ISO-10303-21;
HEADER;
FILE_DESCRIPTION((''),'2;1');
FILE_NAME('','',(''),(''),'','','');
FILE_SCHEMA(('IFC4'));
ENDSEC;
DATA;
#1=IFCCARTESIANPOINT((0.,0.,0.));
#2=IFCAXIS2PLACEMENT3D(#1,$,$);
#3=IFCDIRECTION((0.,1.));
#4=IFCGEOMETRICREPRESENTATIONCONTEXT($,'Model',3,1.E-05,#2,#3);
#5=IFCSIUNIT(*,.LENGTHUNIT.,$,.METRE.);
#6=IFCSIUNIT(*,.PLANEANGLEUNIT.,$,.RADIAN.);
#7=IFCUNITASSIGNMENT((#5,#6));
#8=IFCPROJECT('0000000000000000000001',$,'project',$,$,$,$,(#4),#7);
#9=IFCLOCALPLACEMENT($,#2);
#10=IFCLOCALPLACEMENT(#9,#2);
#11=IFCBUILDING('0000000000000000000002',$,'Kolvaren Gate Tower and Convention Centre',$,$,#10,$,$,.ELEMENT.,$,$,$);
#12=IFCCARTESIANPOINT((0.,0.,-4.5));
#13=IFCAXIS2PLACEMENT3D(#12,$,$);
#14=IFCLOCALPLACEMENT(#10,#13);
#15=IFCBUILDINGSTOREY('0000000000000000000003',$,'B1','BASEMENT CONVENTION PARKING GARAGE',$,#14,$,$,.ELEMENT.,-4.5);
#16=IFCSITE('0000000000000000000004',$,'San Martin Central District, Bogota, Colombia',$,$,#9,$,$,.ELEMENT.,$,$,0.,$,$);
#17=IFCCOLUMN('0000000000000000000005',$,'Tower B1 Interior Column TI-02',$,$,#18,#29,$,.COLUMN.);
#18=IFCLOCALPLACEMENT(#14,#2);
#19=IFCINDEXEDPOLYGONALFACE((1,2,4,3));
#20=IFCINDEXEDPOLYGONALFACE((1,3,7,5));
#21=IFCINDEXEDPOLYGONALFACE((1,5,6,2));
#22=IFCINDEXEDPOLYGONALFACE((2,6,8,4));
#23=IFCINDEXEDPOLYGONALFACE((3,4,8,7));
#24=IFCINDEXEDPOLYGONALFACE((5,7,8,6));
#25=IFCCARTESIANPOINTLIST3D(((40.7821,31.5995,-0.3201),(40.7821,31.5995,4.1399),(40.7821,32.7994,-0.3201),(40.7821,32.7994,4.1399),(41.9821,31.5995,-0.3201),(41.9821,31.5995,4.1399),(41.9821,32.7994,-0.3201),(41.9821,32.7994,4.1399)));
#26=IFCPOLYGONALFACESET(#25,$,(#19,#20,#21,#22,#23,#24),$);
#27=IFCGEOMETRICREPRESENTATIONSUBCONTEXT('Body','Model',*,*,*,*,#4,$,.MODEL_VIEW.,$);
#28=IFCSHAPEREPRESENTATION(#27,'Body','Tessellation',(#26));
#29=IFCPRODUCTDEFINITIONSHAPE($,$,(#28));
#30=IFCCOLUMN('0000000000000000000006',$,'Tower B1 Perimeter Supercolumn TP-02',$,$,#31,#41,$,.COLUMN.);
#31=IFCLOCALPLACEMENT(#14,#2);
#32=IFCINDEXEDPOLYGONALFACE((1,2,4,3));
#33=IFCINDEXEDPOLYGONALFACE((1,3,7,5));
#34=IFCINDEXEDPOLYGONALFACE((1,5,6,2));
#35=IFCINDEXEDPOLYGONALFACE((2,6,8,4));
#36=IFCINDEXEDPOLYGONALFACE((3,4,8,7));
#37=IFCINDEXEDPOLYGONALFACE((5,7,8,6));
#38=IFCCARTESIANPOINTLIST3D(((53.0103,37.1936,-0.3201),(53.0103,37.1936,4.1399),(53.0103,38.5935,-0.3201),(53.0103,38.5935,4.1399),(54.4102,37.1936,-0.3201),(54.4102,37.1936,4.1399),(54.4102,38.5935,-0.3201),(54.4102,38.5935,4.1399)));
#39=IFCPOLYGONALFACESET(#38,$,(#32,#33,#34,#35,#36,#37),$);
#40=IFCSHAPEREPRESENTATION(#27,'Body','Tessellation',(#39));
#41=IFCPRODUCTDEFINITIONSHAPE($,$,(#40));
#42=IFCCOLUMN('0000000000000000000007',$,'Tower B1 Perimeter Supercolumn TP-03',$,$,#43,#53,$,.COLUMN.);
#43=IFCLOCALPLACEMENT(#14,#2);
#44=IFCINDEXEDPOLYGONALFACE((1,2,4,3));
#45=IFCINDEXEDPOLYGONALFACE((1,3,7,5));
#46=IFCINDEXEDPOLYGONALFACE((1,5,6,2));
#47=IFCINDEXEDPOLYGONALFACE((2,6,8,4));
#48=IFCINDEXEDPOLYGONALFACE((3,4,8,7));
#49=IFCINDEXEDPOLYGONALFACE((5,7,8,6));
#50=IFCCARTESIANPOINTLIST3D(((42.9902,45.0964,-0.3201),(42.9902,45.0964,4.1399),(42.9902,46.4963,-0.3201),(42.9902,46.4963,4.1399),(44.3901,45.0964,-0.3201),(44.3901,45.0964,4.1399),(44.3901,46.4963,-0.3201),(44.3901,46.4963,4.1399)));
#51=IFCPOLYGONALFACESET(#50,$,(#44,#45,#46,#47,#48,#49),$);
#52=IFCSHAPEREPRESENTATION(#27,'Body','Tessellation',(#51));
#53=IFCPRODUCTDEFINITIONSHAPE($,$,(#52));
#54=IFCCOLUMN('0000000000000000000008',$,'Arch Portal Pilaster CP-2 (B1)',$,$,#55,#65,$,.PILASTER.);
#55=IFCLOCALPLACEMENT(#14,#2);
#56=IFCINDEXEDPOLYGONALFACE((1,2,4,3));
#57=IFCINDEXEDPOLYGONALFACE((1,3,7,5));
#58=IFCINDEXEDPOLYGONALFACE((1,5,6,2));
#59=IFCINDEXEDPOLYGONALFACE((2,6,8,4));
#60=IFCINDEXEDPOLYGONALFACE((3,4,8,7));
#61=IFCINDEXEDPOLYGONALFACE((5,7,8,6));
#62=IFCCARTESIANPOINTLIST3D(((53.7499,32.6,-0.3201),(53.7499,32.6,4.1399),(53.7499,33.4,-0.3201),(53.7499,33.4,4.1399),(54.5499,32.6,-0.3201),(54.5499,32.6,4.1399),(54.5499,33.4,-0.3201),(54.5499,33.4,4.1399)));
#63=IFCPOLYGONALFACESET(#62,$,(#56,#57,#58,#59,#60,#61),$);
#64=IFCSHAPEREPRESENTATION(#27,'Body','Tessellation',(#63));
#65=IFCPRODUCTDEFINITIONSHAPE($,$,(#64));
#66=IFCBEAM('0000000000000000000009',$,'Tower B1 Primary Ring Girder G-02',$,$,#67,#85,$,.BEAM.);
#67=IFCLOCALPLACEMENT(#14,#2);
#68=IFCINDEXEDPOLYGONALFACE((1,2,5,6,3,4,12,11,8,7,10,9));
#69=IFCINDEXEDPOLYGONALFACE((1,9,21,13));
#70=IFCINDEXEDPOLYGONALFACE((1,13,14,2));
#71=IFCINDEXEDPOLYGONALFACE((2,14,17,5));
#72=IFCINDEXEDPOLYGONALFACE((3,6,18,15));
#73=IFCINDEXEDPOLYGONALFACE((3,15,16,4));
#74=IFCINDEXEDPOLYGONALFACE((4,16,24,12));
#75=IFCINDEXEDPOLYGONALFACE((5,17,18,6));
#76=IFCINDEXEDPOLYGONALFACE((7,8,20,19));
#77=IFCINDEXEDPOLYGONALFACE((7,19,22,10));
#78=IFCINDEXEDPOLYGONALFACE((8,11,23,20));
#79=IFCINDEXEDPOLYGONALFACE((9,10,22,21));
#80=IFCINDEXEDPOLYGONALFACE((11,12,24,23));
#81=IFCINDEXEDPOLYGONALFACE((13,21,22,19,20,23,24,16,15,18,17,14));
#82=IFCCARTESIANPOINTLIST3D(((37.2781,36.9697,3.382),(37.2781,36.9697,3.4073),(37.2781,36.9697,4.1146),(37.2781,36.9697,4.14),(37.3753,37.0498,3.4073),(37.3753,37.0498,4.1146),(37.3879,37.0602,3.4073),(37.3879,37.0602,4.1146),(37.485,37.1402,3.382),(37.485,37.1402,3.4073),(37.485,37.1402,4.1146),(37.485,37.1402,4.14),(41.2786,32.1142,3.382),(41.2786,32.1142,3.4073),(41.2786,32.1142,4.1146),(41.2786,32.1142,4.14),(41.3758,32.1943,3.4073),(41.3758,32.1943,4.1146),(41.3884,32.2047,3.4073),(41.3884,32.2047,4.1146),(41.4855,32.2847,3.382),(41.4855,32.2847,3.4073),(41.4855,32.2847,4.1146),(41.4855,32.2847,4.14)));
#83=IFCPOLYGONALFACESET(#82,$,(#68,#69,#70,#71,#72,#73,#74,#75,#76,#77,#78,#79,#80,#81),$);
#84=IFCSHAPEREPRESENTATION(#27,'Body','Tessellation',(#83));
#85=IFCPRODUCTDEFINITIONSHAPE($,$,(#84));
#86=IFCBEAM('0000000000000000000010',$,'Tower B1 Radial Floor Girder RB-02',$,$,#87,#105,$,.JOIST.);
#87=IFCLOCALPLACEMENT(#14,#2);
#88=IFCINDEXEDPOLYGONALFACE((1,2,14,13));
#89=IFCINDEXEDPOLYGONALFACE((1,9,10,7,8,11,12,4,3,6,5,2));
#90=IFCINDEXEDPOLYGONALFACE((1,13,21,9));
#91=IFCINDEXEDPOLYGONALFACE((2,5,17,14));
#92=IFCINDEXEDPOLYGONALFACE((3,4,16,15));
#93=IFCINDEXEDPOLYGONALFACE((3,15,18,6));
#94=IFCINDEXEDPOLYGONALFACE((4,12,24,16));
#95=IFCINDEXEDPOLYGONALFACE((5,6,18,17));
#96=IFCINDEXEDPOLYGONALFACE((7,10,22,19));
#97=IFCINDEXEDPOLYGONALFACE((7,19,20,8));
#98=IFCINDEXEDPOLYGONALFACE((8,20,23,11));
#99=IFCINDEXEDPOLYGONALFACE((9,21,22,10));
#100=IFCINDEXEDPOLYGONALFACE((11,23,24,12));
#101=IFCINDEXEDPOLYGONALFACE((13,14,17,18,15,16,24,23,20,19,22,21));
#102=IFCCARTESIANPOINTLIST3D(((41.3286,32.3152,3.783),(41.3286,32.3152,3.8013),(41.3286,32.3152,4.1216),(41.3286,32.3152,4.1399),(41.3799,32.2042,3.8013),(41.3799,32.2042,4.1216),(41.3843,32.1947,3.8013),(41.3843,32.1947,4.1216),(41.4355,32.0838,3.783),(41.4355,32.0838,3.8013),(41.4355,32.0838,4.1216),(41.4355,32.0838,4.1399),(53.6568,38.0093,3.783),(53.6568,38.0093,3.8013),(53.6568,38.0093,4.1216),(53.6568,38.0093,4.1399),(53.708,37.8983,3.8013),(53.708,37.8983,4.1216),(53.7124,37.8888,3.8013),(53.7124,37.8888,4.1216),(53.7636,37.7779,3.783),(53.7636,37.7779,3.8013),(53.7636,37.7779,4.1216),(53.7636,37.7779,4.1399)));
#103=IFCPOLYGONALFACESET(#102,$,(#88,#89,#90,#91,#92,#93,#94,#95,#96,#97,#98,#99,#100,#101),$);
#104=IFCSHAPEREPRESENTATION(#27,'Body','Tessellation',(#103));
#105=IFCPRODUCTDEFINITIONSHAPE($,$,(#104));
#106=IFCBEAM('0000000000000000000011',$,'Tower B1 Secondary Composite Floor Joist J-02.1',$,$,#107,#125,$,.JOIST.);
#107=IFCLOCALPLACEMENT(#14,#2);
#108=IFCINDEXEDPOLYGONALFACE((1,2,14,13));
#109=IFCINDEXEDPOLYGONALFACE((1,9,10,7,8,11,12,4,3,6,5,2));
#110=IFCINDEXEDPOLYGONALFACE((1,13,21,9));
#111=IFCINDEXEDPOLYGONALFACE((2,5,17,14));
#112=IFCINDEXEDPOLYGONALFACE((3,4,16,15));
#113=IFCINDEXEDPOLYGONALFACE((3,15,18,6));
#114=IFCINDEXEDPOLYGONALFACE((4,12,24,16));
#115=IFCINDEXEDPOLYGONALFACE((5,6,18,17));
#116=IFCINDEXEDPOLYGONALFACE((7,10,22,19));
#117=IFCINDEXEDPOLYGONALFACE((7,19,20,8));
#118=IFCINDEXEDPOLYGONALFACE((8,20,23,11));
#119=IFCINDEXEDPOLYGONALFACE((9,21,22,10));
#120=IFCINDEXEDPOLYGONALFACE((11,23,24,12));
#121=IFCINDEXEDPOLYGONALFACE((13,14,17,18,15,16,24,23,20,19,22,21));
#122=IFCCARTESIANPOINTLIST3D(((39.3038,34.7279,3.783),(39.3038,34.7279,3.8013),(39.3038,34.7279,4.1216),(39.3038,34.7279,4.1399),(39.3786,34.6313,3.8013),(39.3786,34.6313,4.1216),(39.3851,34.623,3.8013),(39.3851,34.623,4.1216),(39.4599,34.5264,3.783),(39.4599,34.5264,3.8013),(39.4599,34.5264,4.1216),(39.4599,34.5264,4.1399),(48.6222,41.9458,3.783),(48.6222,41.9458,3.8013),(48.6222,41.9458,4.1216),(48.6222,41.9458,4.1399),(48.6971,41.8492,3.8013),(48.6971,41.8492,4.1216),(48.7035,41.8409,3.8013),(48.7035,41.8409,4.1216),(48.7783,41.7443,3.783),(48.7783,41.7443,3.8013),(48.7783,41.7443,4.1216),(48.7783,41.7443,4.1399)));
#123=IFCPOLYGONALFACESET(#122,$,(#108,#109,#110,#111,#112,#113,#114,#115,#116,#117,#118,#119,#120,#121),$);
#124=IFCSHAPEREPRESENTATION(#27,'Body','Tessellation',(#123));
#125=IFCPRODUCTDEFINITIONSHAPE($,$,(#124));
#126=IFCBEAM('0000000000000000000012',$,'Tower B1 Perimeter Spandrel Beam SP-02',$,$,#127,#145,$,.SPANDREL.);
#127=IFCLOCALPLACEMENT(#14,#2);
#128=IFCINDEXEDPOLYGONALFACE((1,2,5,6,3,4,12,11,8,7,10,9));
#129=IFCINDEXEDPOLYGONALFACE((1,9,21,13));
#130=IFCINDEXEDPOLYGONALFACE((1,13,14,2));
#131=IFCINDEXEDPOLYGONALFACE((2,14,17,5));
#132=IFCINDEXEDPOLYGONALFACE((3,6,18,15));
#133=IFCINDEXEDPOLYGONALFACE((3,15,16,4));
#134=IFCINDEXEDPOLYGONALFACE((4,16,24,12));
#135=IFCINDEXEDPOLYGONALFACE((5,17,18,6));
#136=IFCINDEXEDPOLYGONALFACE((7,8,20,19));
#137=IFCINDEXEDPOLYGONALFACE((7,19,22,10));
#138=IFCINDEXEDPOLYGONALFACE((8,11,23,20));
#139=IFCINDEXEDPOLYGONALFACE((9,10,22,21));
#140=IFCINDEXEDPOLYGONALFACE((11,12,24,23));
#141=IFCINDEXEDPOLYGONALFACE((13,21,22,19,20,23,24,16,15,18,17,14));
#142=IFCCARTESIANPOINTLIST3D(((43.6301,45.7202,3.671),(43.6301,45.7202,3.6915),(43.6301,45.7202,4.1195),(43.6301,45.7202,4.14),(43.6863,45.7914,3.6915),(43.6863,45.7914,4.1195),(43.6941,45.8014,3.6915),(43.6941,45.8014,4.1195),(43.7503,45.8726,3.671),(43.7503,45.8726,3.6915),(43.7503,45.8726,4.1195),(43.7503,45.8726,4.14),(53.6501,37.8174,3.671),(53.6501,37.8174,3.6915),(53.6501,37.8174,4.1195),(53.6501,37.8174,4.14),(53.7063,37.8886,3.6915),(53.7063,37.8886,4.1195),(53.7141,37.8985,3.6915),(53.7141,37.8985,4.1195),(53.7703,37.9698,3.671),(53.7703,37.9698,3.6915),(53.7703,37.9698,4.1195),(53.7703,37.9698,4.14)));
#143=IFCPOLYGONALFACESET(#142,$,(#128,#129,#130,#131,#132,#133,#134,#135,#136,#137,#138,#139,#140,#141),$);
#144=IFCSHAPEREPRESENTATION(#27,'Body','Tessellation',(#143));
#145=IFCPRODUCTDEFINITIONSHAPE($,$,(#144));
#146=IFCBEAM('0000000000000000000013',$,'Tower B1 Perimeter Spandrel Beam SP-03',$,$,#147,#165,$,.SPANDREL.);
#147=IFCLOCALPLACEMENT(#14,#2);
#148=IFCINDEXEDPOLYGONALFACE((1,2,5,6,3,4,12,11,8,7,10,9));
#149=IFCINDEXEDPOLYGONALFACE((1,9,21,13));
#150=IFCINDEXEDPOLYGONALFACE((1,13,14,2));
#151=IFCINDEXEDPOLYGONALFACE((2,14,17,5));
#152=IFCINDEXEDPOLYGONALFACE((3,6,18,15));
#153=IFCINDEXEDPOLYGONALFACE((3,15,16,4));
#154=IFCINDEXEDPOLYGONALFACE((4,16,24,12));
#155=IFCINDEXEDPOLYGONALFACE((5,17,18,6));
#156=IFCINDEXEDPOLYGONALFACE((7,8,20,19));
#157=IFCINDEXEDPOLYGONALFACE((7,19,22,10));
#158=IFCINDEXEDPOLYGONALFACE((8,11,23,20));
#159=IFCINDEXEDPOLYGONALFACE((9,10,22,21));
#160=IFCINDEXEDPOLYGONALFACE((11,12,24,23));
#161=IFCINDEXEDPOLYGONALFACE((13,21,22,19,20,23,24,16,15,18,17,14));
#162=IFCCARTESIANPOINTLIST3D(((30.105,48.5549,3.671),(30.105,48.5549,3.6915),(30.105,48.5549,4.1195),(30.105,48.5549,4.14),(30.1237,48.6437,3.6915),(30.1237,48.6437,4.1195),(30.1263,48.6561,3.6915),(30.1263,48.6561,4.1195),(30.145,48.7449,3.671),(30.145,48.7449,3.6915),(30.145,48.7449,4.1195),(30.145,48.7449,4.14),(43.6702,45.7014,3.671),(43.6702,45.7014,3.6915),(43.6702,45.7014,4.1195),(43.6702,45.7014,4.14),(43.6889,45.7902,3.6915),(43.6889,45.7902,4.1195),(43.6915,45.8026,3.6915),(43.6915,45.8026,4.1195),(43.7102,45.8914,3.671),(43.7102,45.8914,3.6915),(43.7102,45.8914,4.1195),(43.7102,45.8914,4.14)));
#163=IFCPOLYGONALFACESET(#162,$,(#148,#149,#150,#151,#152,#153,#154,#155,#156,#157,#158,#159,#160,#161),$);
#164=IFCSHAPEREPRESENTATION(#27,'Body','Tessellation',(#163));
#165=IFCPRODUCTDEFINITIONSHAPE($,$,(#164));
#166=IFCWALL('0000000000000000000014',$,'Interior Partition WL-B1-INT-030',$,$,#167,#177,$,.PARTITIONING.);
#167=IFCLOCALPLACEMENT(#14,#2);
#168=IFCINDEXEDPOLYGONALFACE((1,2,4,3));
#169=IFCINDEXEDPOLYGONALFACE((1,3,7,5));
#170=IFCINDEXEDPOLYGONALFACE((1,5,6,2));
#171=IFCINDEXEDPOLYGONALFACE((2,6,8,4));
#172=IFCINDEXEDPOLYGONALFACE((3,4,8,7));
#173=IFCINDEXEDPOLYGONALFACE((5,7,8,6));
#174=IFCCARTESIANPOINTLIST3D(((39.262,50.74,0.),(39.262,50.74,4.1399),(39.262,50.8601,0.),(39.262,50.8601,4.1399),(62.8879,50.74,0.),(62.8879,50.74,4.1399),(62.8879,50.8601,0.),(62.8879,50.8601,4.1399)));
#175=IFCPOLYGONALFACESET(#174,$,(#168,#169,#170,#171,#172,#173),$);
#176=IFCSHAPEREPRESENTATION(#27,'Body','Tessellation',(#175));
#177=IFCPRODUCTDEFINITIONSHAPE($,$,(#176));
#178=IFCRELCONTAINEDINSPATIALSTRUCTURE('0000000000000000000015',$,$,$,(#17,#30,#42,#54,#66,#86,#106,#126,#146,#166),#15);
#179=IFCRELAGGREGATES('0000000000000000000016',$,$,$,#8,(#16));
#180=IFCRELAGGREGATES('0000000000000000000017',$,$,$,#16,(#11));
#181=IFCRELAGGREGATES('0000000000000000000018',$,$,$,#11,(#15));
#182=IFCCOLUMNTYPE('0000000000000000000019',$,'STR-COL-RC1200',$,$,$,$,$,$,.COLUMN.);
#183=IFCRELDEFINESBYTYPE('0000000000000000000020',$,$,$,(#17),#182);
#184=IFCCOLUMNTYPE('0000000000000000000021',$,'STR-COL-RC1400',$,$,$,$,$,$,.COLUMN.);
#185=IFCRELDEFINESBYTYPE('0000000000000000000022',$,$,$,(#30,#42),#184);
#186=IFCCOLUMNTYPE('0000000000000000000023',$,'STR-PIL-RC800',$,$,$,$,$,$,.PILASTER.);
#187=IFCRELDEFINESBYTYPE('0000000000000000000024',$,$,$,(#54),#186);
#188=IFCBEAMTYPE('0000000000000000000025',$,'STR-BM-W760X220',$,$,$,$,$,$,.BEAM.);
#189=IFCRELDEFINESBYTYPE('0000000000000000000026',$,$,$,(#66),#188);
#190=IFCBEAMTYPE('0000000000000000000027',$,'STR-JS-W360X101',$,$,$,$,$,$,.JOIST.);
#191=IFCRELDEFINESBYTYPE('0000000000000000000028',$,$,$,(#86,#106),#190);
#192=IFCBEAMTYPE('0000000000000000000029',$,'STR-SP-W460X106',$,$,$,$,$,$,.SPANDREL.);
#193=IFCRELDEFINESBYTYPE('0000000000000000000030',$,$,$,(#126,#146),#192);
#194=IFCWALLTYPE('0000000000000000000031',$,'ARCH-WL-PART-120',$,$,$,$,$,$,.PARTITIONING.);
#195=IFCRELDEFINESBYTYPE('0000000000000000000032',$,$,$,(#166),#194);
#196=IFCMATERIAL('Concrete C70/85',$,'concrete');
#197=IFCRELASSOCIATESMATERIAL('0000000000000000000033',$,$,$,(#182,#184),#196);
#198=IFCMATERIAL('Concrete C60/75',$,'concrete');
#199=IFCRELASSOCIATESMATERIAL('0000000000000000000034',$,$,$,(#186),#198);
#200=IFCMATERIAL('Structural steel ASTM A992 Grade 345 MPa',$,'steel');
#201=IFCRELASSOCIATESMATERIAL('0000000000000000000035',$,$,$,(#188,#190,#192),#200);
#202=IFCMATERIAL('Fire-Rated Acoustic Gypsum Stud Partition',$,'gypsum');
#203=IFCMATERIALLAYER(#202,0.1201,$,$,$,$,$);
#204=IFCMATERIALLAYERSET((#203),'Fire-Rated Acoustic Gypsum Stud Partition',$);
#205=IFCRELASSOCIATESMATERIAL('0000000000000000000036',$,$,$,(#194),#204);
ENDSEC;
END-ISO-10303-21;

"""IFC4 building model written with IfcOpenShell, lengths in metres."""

from ifc_helpers import new_model, si_unit, direction, frame, frame_2d, origin, origin_2d, place, context, subcontext, project, spatial, rectangle, i_section, extrude, material, layer, layer_set, material_profile, profile_set, type_object, element, save


model = new_model("IFC4")

# Units and contexts
model_context = context("Model", 3, precision=1e-05, world=origin(), true_north=direction((0.0, 1.0)))
body_context = subcontext(model_context, "Body", "Model", "MODEL_VIEW")
ifc_project = project(units=[si_unit("LENGTHUNIT", "METRE"), si_unit("PLANEANGLEUNIT", "RADIAN")], contexts=[model_context])

# Site, building, storey
site_placement = place(None, origin())
site = spatial("IfcSite", under=ifc_project, at=site_placement, Name="San Martin Central District, Bogota, Colombia", CompositionType="ELEMENT", RefElevation=0.0)
building_placement = place(site_placement, origin())
building = spatial("IfcBuilding", under=site, at=building_placement, Name="Kolvaren Gate Tower and Convention Centre", CompositionType="ELEMENT")
storey_placement = place(building_placement, frame((0.0, 0.0, -4.5)))
storey = spatial("IfcBuildingStorey", under=building, at=storey_placement, Name="B1", Description="BASEMENT CONVENTION PARKING GARAGE", CompositionType="ELEMENT", Elevation=-4.5)

# Columns
ifc_material_1 = material(Name="Concrete C70/85", Category="concrete")
ifc_material_profile_1 = material_profile(ifc_material_1, rectangle(XDim=1.2, YDim=1.2, at=origin_2d()), Name="RC-COL-1200X1200")
ifc_profile_set_1 = profile_set([ifc_material_profile_1], Name="Concrete C70/85")
column_type_1 = type_object("IfcColumnType", Name="STR-COL-RC1200", PredefinedType="COLUMN", material=ifc_profile_set_1)
column_1_placement = place(storey_placement, frame((41.3821, 32.1995, -0.3201), z_axis=(0.0, 0.0, 1.0), x_axis=(1.0, 0.0, 0.0)))
element("IfcColumn", 1, at=column_1_placement, inside=storey, type_object=column_type_1, Name="Tower B1 Interior Column TI-02", PredefinedType="COLUMN", context=body_context, shape_type="SweptSolid", body=[
    extrude(rectangle(XDim=1.2, YDim=1.2, at=origin_2d()), origin(), (0.0, 0.0, 1.0), 4.46),
])
ifc_material_profile_2 = material_profile(ifc_material_1, rectangle(XDim=1.3999, YDim=1.3999, at=origin_2d()), Name="RC-COL-1400X1400")
ifc_profile_set_2 = profile_set([ifc_material_profile_2], Name="Concrete C70/85")
column_type_2 = type_object("IfcColumnType", Name="STR-COL-RC1400", PredefinedType="COLUMN", material=ifc_profile_set_2)
for number, where, z_axis, x_axis, name in (
    (2, (53.7102, 37.8936, -0.3201), (0.0, 0.0, 1.0), (1.0, 0.0, 0.0), "Tower B1 Perimeter Supercolumn TP-02"),
    (3, (43.6902, 45.7964, -0.3201), (0.0, 0.0, 1.0), (1.0, 0.0, 0.0), "Tower B1 Perimeter Supercolumn TP-03"),
):
    element("IfcColumn", number, at=place(storey_placement, frame(where, z_axis=z_axis, x_axis=x_axis)), inside=storey, type_object=column_type_2, Name=name, PredefinedType="COLUMN", context=body_context, shape_type="SweptSolid", body=[
        extrude(rectangle(XDim=1.3999, YDim=1.3999, at=origin_2d()), origin(), (0.0, 0.0, 1.0), 4.46),
    ])
ifc_material_2 = material(Name="Concrete C60/75", Category="concrete")
ifc_material_profile_3 = material_profile(ifc_material_2, rectangle(XDim=0.8, YDim=0.8, at=origin_2d()), Name="RC-COL-800X800")
ifc_profile_set_3 = profile_set([ifc_material_profile_3], Name="Concrete C60/75")
column_type_3 = type_object("IfcColumnType", Name="STR-PIL-RC800", PredefinedType="PILASTER", material=ifc_profile_set_3)
column_2_placement = place(storey_placement, frame((54.1499, 33.0, -0.3201), z_axis=(0.0, 0.0, 1.0), x_axis=(1.0, 0.0, 0.0)))
element("IfcColumn", 4, at=column_2_placement, inside=storey, type_object=column_type_3, Name="Arch Portal Pilaster CP-2 (B1)", PredefinedType="PILASTER", context=body_context, shape_type="SweptSolid", body=[
    extrude(rectangle(XDim=0.8, YDim=0.8, at=origin_2d()), origin(), (0.0, 0.0, 1.0), 4.46),
])

# Beams
ifc_material_3 = material(Name="Structural steel ASTM A992 Grade 345 MPa", Category="steel")
ifc_material_profile_4 = material_profile(ifc_material_3, i_section(OverallWidth=0.2681, OverallDepth=0.7581, WebThickness=0.0164, FlangeThickness=0.0254, at=origin_2d()), Name="W760X220")
ifc_profile_set_4 = profile_set([ifc_material_profile_4], Name="Structural steel ASTM A992 Grade 345 MPa")
beam_type_1 = type_object("IfcBeamType", Name="STR-BM-W760X220", PredefinedType="BEAM", material=ifc_profile_set_4)
beam_1_placement = place(storey_placement, frame((41.3821, 32.1995, 3.761), z_axis=(-0.635884, 0.771785, 0.0), x_axis=(-0.771785, -0.635884, 0.0)))
element("IfcBeam", 5, at=beam_1_placement, inside=storey, type_object=beam_type_1, Name="Tower B1 Primary Ring Girder G-02", PredefinedType="BEAM", context=body_context, shape_type="SweptSolid", body=[
    extrude(i_section(OverallWidth=0.2681, OverallDepth=0.7581, WebThickness=0.0164, FlangeThickness=0.0254, at=origin_2d()), origin(), (0.0, 0.0, 1.0), 6.2913),
])
ifc_material_profile_5 = material_profile(ifc_material_3, i_section(OverallWidth=0.2549, OverallDepth=0.3569, WebThickness=0.0105, FlangeThickness=0.0183, at=origin_2d()), Name="W360X101")
ifc_profile_set_5 = profile_set([ifc_material_profile_5], Name="Structural steel ASTM A992 Grade 345 MPa")
beam_type_2 = type_object("IfcBeamType", Name="STR-JS-W360X101", PredefinedType="JOIST", material=ifc_profile_set_5)
beam_2_placement = place(storey_placement, frame((41.3821, 32.1995, 3.9614), z_axis=(0.907842, 0.419312, 0.0), x_axis=(-0.419312, 0.907842, 0.0)))
element("IfcBeam", 6, at=beam_2_placement, inside=storey, type_object=beam_type_2, Name="Tower B1 Radial Floor Girder RB-02", PredefinedType="JOIST", context=body_context, shape_type="SweptSolid", body=[
    extrude(i_section(OverallWidth=0.2549, OverallDepth=0.3569, WebThickness=0.0105, FlangeThickness=0.0183, at=origin_2d()), origin(), (0.0, 0.0, 1.0), 13.5796),
])
beam_3_placement = place(storey_placement, frame((39.3818, 34.6272, 3.9614), z_axis=(0.790577, 0.612362, 0.0), x_axis=(-0.612362, 0.790577, 0.0)))
element("IfcBeam", 7, at=beam_3_placement, inside=storey, type_object=beam_type_2, Name="Tower B1 Secondary Composite Floor Joist J-02.1", PredefinedType="JOIST", context=body_context, shape_type="SweptSolid", body=[
    extrude(i_section(OverallWidth=0.2549, OverallDepth=0.3569, WebThickness=0.0105, FlangeThickness=0.0183, at=origin_2d()), origin(), (0.0, 0.0, 1.0), 11.7869),
])
ifc_material_profile_6 = material_profile(ifc_material_3, i_section(OverallWidth=0.1941, OverallDepth=0.469, WebThickness=0.0127, FlangeThickness=0.0205, at=origin_2d()), Name="W460X106")
ifc_profile_set_6 = profile_set([ifc_material_profile_6], Name="Structural steel ASTM A992 Grade 345 MPa")
beam_type_3 = type_object("IfcBeamType", Name="STR-SP-W460X106", PredefinedType="SPANDREL", material=ifc_profile_set_6)
beam_4_placement = place(storey_placement, frame((53.7102, 37.8936, 3.9055), z_axis=(-0.785176, 0.619272, 0.0), x_axis=(-0.619272, -0.785176, 0.0)))
element("IfcBeam", 8, at=beam_4_placement, inside=storey, type_object=beam_type_3, Name="Tower B1 Perimeter Spandrel Beam SP-02", PredefinedType="SPANDREL", context=body_context, shape_type="SweptSolid", body=[
    extrude(i_section(OverallWidth=0.1941, OverallDepth=0.469, WebThickness=0.0127, FlangeThickness=0.0205, at=origin_2d()), origin(), (0.0, 0.0, 1.0), 12.7615),
])
beam_5_placement = place(storey_placement, frame((43.6902, 45.7964, 3.9055), z_axis=(-0.978583, 0.205851, 0.0), x_axis=(-0.205851, -0.978583, 0.0)))
element("IfcBeam", 9, at=beam_5_placement, inside=storey, type_object=beam_type_3, Name="Tower B1 Perimeter Spandrel Beam SP-03", PredefinedType="SPANDREL", context=body_context, shape_type="SweptSolid", body=[
    extrude(i_section(OverallWidth=0.1941, OverallDepth=0.469, WebThickness=0.0127, FlangeThickness=0.0205, at=origin_2d()), origin(), (0.0, 0.0, 1.0), 13.8621),
])

# Wall
ifc_material_4 = material(Name="Fire-Rated Acoustic Gypsum Stud Partition", Category="gypsum")
ifc_layer_1 = layer(ifc_material_4, 0.1201)
ifc_layer_set_1 = layer_set([ifc_layer_1], Name="Fire-Rated Acoustic Gypsum Stud Partition")
wall_type_1 = type_object("IfcWallType", Name="ARCH-WL-PART-120", PredefinedType="PARTITIONING", material=ifc_layer_set_1)
wall_1_placement = place(storey_placement, frame((39.262, 50.8, 0.0), z_axis=(0.0, 0.0, 1.0), x_axis=(1.0, 0.0, 0.0)))
element("IfcWall", 10, at=wall_1_placement, inside=storey, type_object=wall_type_1, Name="Interior Partition WL-B1-INT-030", PredefinedType="PARTITIONING", context=body_context, shape_type="SweptSolid", body=[
    extrude(rectangle(XDim=23.626, YDim=0.1201, at=frame_2d((11.813, 0.0))), origin(), (0.0, 0.0, 1.0), 4.1399),
])

save(model, "model.ifc")
